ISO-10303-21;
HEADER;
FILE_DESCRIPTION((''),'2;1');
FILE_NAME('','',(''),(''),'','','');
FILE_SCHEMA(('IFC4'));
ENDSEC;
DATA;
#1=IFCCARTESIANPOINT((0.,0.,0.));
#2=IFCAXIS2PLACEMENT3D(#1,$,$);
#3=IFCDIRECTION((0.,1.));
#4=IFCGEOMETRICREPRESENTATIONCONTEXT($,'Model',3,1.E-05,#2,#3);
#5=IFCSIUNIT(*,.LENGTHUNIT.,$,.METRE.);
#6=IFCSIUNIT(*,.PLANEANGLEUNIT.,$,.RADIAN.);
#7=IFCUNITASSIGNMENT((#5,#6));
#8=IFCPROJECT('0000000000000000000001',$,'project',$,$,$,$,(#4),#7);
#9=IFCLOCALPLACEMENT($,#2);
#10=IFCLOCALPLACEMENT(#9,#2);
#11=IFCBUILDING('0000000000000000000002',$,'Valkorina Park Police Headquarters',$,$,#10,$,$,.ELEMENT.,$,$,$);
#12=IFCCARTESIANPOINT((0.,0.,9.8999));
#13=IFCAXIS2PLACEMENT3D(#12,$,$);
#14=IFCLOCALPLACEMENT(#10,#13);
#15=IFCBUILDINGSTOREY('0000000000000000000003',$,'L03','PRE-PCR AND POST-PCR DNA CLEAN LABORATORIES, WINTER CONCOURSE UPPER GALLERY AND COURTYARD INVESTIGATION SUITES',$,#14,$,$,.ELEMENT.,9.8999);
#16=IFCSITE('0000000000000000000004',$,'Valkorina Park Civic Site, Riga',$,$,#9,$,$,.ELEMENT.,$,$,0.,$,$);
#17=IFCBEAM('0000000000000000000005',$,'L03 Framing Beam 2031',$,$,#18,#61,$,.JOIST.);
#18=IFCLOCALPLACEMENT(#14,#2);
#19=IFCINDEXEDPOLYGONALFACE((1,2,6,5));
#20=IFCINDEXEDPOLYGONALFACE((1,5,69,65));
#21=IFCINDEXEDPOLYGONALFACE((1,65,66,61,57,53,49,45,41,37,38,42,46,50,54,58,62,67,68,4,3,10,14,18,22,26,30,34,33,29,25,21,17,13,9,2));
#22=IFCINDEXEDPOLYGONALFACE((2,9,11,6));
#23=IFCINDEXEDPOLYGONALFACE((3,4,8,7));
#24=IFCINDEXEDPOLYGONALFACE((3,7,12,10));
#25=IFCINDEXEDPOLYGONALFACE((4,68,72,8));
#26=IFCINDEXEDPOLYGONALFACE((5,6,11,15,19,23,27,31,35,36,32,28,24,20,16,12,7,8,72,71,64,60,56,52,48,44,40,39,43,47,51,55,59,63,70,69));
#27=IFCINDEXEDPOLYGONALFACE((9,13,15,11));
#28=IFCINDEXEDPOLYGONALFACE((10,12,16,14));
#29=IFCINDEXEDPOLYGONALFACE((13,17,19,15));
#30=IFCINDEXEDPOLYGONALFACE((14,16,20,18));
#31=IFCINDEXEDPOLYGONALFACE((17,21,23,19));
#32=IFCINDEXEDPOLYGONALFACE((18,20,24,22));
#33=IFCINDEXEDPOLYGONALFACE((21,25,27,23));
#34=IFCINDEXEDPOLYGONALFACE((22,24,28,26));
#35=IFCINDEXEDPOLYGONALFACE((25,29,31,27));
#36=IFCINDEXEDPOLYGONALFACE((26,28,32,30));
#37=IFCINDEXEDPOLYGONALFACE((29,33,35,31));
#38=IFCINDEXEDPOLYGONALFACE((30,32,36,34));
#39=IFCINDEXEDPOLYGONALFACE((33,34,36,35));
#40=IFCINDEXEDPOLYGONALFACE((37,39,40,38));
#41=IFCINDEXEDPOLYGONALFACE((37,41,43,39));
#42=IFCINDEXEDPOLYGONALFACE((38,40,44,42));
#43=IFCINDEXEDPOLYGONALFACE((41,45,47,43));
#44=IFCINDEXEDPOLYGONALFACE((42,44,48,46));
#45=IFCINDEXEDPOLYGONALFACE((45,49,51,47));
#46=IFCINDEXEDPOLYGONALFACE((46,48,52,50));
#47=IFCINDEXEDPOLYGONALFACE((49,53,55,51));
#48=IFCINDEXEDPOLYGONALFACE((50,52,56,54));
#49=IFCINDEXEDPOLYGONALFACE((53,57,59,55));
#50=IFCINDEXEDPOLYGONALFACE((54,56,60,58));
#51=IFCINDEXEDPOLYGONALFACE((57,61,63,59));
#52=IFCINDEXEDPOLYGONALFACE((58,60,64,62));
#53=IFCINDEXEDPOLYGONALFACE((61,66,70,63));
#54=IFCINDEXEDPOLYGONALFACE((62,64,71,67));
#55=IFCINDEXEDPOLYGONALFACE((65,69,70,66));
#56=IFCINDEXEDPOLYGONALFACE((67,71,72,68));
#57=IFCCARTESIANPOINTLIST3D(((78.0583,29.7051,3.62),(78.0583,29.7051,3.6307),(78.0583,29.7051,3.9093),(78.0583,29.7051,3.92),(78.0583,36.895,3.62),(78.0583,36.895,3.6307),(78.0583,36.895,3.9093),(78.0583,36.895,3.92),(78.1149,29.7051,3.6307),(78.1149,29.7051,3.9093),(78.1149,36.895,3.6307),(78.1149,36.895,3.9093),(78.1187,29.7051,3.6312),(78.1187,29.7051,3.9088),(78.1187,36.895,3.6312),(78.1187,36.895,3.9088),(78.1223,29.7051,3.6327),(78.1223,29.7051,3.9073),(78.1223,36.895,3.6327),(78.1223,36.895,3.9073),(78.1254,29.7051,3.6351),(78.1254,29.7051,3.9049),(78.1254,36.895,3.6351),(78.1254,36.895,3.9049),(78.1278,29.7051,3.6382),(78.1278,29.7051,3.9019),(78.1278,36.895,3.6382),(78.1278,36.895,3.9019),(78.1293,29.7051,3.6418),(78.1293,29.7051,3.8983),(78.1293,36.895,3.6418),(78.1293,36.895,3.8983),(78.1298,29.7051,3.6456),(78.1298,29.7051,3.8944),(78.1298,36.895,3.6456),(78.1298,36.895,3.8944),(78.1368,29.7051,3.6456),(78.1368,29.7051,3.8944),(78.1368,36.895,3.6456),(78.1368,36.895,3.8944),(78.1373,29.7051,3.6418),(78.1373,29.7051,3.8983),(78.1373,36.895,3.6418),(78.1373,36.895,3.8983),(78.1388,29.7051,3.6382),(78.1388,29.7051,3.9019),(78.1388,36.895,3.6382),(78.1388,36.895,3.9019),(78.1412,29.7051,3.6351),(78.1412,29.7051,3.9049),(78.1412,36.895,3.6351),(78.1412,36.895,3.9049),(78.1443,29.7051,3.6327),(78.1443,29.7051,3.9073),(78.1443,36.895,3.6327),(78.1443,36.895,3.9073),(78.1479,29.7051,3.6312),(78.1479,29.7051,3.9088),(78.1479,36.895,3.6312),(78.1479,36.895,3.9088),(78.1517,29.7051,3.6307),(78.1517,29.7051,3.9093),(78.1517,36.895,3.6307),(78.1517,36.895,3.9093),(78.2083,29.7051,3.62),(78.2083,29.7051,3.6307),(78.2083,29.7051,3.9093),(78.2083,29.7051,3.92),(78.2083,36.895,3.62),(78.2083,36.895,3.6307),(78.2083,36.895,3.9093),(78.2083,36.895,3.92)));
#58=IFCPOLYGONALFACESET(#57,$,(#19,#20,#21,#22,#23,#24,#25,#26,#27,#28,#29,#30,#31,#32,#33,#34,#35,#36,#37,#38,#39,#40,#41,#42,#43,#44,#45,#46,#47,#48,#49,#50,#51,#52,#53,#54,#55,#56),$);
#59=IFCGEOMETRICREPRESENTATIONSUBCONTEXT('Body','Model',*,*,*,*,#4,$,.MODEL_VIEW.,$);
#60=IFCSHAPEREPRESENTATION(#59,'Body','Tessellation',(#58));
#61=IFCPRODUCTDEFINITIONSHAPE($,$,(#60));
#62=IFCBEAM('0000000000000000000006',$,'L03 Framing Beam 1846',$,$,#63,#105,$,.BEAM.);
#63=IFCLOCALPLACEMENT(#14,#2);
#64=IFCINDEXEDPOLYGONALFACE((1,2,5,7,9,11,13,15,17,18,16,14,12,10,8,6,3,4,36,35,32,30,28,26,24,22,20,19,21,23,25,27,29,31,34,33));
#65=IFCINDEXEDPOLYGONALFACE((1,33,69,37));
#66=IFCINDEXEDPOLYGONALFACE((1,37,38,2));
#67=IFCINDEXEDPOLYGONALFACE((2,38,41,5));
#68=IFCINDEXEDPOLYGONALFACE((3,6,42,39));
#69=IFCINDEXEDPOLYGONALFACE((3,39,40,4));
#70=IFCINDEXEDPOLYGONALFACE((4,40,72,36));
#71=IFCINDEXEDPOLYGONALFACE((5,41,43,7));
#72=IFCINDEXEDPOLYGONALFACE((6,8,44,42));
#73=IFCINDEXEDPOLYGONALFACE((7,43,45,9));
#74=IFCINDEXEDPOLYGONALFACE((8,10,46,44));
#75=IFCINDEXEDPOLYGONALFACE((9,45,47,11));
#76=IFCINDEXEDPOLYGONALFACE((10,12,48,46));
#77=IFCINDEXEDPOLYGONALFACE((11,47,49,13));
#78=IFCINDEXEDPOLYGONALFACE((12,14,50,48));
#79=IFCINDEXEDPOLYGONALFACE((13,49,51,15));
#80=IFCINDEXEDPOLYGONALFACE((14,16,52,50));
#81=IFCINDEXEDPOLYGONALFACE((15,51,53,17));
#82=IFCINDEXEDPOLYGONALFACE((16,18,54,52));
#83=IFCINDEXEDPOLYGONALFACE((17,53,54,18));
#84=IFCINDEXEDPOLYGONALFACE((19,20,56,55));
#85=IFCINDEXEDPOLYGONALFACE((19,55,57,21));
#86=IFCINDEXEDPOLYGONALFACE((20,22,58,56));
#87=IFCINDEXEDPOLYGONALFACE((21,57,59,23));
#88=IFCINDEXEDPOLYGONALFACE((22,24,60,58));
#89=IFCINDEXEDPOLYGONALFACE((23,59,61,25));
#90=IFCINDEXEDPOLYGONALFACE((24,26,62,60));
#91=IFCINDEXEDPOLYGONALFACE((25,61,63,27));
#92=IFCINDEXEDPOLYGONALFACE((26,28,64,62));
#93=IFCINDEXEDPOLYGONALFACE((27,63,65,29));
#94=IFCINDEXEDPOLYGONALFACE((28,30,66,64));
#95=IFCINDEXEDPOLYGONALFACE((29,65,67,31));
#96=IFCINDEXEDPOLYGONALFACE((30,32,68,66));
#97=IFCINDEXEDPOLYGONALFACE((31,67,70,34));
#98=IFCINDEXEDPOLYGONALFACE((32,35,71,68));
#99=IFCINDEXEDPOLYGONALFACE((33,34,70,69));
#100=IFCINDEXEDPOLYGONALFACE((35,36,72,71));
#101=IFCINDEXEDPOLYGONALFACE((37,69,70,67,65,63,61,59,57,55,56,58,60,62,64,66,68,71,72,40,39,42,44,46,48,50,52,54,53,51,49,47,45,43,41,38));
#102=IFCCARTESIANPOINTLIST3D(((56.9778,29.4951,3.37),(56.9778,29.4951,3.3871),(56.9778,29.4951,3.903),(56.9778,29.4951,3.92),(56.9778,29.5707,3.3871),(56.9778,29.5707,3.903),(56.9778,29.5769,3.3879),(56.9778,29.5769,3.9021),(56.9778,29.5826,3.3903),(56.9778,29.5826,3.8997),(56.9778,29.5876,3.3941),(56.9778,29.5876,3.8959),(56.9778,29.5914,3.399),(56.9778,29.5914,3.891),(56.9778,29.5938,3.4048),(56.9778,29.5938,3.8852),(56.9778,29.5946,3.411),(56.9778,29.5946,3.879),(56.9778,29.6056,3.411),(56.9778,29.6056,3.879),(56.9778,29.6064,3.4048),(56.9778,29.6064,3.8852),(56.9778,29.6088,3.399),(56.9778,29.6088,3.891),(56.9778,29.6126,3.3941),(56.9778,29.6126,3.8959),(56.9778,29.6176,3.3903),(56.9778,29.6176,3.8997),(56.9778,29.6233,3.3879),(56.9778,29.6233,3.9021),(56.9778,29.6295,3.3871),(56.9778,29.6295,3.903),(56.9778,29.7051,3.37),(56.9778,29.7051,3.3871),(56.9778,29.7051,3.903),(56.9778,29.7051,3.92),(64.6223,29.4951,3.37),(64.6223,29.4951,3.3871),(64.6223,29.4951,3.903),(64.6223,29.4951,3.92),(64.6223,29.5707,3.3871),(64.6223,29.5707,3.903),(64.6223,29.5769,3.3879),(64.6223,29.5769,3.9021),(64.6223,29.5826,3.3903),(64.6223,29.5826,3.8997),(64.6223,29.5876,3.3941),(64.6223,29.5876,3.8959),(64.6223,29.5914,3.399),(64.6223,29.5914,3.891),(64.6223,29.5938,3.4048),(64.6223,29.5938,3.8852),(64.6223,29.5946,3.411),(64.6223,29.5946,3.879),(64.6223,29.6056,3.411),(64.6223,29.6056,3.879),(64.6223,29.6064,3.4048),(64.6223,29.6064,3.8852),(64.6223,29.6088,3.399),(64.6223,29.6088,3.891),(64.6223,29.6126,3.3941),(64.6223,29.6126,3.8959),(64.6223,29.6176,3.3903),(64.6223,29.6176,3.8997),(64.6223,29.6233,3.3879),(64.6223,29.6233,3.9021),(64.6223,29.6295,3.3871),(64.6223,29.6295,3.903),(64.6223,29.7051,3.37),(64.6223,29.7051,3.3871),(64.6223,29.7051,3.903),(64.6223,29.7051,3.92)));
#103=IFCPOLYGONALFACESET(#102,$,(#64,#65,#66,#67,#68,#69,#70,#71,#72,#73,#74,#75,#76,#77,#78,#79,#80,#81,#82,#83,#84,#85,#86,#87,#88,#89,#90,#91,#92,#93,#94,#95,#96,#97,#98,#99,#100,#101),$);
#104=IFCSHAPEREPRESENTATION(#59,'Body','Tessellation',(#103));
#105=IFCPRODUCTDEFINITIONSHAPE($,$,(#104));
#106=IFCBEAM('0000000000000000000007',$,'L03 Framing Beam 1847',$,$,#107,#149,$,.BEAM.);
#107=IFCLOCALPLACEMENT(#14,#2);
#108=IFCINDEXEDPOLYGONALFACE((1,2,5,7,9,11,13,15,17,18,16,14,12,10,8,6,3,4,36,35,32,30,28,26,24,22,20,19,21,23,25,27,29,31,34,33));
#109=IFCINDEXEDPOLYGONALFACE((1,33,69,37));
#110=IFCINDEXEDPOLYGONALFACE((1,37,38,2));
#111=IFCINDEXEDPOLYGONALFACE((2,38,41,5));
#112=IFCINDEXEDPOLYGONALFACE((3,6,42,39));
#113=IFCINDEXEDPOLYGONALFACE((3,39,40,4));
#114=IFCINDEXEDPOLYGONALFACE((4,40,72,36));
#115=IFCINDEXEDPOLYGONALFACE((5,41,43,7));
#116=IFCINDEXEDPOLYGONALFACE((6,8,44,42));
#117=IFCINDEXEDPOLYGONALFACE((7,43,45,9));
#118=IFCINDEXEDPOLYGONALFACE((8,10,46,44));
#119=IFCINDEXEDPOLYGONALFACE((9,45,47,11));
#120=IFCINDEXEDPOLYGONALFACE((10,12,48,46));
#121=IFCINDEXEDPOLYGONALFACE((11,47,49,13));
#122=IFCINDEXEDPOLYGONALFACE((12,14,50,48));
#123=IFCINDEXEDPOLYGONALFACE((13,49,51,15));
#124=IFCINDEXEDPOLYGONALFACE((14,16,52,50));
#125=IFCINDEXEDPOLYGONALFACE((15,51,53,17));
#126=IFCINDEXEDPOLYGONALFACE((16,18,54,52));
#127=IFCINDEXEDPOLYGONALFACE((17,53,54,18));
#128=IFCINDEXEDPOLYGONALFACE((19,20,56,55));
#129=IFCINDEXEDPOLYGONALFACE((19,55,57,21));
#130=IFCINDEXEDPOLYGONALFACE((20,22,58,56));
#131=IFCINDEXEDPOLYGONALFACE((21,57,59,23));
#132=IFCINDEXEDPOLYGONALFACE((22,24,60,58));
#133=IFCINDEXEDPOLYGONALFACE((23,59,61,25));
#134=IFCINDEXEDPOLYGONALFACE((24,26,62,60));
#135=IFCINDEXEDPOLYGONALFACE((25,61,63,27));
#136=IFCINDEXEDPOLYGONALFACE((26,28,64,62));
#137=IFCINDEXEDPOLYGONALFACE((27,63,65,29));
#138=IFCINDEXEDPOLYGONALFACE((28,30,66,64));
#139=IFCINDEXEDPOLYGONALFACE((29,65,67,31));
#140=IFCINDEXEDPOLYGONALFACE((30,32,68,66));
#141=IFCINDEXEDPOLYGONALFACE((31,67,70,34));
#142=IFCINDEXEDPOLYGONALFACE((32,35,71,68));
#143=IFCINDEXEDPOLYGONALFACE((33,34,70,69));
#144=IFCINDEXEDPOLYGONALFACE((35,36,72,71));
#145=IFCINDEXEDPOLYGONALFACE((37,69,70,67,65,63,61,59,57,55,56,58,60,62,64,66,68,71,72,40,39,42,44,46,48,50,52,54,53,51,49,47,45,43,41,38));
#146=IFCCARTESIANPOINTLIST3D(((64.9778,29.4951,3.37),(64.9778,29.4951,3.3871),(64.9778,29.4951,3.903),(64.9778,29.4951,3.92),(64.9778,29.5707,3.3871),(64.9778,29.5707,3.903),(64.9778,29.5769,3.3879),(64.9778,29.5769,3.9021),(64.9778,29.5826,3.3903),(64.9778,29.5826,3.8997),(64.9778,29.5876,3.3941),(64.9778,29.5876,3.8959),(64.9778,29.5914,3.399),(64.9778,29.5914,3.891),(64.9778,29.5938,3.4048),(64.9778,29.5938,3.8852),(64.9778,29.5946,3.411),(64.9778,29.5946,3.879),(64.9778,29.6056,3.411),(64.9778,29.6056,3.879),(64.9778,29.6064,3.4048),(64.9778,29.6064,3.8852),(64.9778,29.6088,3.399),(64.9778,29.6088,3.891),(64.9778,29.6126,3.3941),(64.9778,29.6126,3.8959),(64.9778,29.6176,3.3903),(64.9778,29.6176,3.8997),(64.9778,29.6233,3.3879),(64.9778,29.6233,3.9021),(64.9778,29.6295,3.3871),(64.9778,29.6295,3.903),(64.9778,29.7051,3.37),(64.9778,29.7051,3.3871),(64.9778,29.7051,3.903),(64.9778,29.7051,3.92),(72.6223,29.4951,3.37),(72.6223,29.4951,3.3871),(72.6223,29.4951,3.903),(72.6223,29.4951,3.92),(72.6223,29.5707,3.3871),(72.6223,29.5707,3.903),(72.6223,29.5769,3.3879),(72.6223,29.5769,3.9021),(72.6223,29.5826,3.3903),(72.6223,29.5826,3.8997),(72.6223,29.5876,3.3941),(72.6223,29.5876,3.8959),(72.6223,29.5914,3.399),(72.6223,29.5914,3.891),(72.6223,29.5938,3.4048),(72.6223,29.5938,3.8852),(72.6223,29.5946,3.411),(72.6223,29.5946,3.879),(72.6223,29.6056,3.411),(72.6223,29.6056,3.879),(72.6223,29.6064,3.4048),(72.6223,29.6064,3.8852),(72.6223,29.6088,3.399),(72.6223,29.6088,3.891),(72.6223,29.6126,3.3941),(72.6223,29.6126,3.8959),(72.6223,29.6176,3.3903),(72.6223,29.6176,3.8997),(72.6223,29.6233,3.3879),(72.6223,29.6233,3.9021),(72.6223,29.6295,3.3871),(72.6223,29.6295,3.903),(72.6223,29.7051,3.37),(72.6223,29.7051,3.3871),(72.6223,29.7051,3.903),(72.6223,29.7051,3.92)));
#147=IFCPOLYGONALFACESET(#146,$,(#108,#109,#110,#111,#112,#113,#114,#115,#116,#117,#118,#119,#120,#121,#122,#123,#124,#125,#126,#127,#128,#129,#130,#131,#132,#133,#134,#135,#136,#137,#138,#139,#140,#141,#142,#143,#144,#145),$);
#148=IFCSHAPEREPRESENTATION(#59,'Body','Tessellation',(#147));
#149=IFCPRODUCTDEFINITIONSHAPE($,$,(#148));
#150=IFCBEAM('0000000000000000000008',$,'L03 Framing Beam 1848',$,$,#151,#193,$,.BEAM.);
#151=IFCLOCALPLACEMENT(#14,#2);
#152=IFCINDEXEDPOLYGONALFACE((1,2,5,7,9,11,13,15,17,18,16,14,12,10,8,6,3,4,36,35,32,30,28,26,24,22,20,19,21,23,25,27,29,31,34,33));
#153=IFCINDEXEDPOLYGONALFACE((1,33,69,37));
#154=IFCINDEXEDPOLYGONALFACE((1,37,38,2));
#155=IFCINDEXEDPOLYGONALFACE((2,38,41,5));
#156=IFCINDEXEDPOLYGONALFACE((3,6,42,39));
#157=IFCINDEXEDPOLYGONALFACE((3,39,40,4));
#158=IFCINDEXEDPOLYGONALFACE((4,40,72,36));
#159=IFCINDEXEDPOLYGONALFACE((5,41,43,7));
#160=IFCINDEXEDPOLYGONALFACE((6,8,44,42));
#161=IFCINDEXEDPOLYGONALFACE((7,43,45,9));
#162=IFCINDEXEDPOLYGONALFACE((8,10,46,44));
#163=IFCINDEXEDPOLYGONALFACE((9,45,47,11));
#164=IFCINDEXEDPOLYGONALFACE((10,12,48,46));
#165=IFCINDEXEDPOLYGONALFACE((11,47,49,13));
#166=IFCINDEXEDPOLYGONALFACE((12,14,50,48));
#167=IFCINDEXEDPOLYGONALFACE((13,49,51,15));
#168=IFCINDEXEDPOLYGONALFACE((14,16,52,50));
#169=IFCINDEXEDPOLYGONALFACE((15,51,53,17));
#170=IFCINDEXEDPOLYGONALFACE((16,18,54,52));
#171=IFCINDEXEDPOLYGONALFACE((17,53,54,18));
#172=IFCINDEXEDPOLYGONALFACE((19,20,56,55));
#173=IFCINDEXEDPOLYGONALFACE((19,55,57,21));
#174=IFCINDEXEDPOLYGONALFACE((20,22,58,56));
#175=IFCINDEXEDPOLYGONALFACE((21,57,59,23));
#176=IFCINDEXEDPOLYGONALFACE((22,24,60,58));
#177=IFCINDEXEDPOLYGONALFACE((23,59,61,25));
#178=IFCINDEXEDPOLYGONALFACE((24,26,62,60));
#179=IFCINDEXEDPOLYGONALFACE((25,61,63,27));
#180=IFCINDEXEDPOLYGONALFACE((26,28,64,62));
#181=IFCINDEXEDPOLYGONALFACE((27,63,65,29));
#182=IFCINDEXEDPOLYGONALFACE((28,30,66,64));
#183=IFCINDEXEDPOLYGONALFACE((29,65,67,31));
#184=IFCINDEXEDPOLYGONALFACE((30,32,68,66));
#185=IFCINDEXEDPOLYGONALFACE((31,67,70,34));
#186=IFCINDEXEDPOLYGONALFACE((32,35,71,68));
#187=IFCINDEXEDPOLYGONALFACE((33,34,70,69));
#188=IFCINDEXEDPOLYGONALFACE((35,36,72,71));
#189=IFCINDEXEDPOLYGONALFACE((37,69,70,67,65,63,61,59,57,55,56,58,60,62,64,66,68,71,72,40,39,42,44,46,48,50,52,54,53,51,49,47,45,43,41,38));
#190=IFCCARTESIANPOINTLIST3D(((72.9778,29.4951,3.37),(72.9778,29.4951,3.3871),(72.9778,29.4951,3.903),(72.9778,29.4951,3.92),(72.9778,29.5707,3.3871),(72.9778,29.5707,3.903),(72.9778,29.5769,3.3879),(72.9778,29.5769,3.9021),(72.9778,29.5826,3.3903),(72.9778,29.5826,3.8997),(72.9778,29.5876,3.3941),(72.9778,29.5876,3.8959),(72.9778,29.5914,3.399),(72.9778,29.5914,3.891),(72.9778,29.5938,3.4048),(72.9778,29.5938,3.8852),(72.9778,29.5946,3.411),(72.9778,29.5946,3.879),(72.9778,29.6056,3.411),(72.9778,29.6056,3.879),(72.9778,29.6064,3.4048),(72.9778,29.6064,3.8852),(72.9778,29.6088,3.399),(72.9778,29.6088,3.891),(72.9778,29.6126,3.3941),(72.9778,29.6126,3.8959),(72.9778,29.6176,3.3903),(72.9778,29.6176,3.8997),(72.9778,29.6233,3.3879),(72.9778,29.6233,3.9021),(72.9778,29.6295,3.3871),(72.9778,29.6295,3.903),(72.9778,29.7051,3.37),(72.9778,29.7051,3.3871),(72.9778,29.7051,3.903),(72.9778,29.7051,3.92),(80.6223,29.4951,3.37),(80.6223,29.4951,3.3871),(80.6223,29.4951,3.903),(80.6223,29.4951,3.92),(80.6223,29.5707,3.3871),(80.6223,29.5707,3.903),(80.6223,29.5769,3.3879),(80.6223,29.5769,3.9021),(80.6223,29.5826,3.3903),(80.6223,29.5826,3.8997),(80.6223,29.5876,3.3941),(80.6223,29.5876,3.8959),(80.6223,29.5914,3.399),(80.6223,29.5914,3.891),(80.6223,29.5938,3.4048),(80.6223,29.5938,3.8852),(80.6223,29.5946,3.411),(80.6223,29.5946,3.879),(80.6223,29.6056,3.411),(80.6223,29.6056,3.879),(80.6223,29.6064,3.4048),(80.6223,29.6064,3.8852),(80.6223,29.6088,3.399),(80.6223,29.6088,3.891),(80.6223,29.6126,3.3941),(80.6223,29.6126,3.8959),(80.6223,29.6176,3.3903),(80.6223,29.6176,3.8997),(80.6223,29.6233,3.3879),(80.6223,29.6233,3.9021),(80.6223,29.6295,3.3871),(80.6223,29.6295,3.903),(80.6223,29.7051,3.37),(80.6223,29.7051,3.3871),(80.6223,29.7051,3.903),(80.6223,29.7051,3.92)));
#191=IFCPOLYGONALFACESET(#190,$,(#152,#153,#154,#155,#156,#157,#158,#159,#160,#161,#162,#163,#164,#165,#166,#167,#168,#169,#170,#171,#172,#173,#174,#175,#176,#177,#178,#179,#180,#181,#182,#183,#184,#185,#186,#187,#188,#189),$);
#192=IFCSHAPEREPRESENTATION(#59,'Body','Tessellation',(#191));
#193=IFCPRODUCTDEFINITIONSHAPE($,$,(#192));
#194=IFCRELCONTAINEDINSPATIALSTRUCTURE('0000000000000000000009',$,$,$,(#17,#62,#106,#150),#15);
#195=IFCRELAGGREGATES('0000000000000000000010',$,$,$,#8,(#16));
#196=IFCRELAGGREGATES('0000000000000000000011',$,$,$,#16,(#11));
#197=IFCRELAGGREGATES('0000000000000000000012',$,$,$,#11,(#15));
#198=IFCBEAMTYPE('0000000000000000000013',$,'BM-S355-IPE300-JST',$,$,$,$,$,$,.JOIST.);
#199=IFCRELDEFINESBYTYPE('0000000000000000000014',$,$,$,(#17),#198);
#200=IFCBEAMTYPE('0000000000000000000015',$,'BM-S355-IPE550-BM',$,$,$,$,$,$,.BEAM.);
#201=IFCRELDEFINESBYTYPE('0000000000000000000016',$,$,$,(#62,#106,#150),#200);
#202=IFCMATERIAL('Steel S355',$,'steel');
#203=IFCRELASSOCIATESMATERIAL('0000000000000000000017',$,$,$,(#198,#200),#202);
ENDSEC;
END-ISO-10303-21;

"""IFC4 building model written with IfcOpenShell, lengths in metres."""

from ifc_helpers import new_model, si_unit, direction, frame, origin, origin_2d, place, context, subcontext, project, spatial, i_section, extrude, material, material_profile, profile_set, type_object, element, save


model = new_model("IFC4")

# Units and contexts
model_context = context("Model", 3, precision=1e-05, world=origin(), true_north=direction((0.0, 1.0)))
body_context = subcontext(model_context, "Body", "Model", "MODEL_VIEW")
ifc_project = project(units=[si_unit("LENGTHUNIT", "METRE"), si_unit("PLANEANGLEUNIT", "RADIAN")], contexts=[model_context])

# Site, building, storey
site_placement = place(None, origin())
site = spatial("IfcSite", under=ifc_project, at=site_placement, Name="Valkorina Park Civic Site, Riga", CompositionType="ELEMENT", RefElevation=0.0)
building_placement = place(site_placement, origin())
building = spatial("IfcBuilding", under=site, at=building_placement, Name="Valkorina Park Police Headquarters", CompositionType="ELEMENT")
storey_placement = place(building_placement, frame((0.0, 0.0, 9.8999)))
storey = spatial("IfcBuildingStorey", under=building, at=storey_placement, Name="L03", Description="PRE-PCR AND POST-PCR DNA CLEAN LABORATORIES, WINTER CONCOURSE UPPER GALLERY AND COURTYARD INVESTIGATION SUITES", CompositionType="ELEMENT", Elevation=9.8999)

# Shared definitions
ifc_material_1 = material(Name="Steel S355", Category="steel")

# Beams
ifc_material_profile_1 = material_profile(ifc_material_1, i_section(OverallWidth=0.1499, OverallDepth=0.3, WebThickness=0.0071, FlangeThickness=0.0107, FilletRadius=0.0149, at=origin_2d()), Name="IPE 300")
ifc_profile_set_1 = profile_set([ifc_material_profile_1], Name="Steel S355")
beam_type_1 = type_object("IfcBeamType", Name="BM-S355-IPE300-JST", PredefinedType="JOIST", material=ifc_profile_set_1)
for number, where, z_axis, x_axis, name in (
    (1, (78.1333, 29.7051, 3.77), (0.0, 1.0, 0.0), (-1.0, 0.0, 0.0), "L03 Framing Beam 2031"),
):
    element("IfcBeam", number, at=place(storey_placement, frame(where, z_axis=z_axis, x_axis=x_axis)), inside=storey, type_object=beam_type_1, Name=name, PredefinedType="JOIST", context=body_context, shape_type="SweptSolid", body=[
        extrude(i_section(OverallWidth=0.1499, OverallDepth=0.3, WebThickness=0.0071, FlangeThickness=0.0107, FilletRadius=0.0149, at=origin_2d()), origin(), (0.0, 0.0, 1.0), 7.1899),
    ])
ifc_material_profile_2 = material_profile(ifc_material_1, i_section(OverallWidth=0.21, OverallDepth=0.55, WebThickness=0.011, FlangeThickness=0.0171, FilletRadius=0.0239, at=origin_2d()), Name="IPE 550")
ifc_profile_set_2 = profile_set([ifc_material_profile_2], Name="Steel S355")
beam_type_2 = type_object("IfcBeamType", Name="BM-S355-IPE550-BM", PredefinedType="BEAM", material=ifc_profile_set_2)
for number, where, z_axis, x_axis, name in (
    (2, (56.9778, 29.6001, 3.645), (1.0, 0.0, 0.0), (0.0, 1.0, 0.0), "L03 Framing Beam 1846"),
    (3, (64.9778, 29.6001, 3.645), (1.0, 0.0, 0.0), (0.0, 1.0, 0.0), "L03 Framing Beam 1847"),
    (4, (72.9778, 29.6001, 3.645), (1.0, 0.0, 0.0), (0.0, 1.0, 0.0), "L03 Framing Beam 1848"),
):
    element("IfcBeam", number, at=place(storey_placement, frame(where, z_axis=z_axis, x_axis=x_axis)), inside=storey, type_object=beam_type_2, Name=name, PredefinedType="BEAM", context=body_context, shape_type="SweptSolid", body=[
        extrude(i_section(OverallWidth=0.21, OverallDepth=0.55, WebThickness=0.011, FlangeThickness=0.0171, FilletRadius=0.0239, at=origin_2d()), origin(), (0.0, 0.0, 1.0), 7.6445),
    ])

save(model, "model.ifc")
